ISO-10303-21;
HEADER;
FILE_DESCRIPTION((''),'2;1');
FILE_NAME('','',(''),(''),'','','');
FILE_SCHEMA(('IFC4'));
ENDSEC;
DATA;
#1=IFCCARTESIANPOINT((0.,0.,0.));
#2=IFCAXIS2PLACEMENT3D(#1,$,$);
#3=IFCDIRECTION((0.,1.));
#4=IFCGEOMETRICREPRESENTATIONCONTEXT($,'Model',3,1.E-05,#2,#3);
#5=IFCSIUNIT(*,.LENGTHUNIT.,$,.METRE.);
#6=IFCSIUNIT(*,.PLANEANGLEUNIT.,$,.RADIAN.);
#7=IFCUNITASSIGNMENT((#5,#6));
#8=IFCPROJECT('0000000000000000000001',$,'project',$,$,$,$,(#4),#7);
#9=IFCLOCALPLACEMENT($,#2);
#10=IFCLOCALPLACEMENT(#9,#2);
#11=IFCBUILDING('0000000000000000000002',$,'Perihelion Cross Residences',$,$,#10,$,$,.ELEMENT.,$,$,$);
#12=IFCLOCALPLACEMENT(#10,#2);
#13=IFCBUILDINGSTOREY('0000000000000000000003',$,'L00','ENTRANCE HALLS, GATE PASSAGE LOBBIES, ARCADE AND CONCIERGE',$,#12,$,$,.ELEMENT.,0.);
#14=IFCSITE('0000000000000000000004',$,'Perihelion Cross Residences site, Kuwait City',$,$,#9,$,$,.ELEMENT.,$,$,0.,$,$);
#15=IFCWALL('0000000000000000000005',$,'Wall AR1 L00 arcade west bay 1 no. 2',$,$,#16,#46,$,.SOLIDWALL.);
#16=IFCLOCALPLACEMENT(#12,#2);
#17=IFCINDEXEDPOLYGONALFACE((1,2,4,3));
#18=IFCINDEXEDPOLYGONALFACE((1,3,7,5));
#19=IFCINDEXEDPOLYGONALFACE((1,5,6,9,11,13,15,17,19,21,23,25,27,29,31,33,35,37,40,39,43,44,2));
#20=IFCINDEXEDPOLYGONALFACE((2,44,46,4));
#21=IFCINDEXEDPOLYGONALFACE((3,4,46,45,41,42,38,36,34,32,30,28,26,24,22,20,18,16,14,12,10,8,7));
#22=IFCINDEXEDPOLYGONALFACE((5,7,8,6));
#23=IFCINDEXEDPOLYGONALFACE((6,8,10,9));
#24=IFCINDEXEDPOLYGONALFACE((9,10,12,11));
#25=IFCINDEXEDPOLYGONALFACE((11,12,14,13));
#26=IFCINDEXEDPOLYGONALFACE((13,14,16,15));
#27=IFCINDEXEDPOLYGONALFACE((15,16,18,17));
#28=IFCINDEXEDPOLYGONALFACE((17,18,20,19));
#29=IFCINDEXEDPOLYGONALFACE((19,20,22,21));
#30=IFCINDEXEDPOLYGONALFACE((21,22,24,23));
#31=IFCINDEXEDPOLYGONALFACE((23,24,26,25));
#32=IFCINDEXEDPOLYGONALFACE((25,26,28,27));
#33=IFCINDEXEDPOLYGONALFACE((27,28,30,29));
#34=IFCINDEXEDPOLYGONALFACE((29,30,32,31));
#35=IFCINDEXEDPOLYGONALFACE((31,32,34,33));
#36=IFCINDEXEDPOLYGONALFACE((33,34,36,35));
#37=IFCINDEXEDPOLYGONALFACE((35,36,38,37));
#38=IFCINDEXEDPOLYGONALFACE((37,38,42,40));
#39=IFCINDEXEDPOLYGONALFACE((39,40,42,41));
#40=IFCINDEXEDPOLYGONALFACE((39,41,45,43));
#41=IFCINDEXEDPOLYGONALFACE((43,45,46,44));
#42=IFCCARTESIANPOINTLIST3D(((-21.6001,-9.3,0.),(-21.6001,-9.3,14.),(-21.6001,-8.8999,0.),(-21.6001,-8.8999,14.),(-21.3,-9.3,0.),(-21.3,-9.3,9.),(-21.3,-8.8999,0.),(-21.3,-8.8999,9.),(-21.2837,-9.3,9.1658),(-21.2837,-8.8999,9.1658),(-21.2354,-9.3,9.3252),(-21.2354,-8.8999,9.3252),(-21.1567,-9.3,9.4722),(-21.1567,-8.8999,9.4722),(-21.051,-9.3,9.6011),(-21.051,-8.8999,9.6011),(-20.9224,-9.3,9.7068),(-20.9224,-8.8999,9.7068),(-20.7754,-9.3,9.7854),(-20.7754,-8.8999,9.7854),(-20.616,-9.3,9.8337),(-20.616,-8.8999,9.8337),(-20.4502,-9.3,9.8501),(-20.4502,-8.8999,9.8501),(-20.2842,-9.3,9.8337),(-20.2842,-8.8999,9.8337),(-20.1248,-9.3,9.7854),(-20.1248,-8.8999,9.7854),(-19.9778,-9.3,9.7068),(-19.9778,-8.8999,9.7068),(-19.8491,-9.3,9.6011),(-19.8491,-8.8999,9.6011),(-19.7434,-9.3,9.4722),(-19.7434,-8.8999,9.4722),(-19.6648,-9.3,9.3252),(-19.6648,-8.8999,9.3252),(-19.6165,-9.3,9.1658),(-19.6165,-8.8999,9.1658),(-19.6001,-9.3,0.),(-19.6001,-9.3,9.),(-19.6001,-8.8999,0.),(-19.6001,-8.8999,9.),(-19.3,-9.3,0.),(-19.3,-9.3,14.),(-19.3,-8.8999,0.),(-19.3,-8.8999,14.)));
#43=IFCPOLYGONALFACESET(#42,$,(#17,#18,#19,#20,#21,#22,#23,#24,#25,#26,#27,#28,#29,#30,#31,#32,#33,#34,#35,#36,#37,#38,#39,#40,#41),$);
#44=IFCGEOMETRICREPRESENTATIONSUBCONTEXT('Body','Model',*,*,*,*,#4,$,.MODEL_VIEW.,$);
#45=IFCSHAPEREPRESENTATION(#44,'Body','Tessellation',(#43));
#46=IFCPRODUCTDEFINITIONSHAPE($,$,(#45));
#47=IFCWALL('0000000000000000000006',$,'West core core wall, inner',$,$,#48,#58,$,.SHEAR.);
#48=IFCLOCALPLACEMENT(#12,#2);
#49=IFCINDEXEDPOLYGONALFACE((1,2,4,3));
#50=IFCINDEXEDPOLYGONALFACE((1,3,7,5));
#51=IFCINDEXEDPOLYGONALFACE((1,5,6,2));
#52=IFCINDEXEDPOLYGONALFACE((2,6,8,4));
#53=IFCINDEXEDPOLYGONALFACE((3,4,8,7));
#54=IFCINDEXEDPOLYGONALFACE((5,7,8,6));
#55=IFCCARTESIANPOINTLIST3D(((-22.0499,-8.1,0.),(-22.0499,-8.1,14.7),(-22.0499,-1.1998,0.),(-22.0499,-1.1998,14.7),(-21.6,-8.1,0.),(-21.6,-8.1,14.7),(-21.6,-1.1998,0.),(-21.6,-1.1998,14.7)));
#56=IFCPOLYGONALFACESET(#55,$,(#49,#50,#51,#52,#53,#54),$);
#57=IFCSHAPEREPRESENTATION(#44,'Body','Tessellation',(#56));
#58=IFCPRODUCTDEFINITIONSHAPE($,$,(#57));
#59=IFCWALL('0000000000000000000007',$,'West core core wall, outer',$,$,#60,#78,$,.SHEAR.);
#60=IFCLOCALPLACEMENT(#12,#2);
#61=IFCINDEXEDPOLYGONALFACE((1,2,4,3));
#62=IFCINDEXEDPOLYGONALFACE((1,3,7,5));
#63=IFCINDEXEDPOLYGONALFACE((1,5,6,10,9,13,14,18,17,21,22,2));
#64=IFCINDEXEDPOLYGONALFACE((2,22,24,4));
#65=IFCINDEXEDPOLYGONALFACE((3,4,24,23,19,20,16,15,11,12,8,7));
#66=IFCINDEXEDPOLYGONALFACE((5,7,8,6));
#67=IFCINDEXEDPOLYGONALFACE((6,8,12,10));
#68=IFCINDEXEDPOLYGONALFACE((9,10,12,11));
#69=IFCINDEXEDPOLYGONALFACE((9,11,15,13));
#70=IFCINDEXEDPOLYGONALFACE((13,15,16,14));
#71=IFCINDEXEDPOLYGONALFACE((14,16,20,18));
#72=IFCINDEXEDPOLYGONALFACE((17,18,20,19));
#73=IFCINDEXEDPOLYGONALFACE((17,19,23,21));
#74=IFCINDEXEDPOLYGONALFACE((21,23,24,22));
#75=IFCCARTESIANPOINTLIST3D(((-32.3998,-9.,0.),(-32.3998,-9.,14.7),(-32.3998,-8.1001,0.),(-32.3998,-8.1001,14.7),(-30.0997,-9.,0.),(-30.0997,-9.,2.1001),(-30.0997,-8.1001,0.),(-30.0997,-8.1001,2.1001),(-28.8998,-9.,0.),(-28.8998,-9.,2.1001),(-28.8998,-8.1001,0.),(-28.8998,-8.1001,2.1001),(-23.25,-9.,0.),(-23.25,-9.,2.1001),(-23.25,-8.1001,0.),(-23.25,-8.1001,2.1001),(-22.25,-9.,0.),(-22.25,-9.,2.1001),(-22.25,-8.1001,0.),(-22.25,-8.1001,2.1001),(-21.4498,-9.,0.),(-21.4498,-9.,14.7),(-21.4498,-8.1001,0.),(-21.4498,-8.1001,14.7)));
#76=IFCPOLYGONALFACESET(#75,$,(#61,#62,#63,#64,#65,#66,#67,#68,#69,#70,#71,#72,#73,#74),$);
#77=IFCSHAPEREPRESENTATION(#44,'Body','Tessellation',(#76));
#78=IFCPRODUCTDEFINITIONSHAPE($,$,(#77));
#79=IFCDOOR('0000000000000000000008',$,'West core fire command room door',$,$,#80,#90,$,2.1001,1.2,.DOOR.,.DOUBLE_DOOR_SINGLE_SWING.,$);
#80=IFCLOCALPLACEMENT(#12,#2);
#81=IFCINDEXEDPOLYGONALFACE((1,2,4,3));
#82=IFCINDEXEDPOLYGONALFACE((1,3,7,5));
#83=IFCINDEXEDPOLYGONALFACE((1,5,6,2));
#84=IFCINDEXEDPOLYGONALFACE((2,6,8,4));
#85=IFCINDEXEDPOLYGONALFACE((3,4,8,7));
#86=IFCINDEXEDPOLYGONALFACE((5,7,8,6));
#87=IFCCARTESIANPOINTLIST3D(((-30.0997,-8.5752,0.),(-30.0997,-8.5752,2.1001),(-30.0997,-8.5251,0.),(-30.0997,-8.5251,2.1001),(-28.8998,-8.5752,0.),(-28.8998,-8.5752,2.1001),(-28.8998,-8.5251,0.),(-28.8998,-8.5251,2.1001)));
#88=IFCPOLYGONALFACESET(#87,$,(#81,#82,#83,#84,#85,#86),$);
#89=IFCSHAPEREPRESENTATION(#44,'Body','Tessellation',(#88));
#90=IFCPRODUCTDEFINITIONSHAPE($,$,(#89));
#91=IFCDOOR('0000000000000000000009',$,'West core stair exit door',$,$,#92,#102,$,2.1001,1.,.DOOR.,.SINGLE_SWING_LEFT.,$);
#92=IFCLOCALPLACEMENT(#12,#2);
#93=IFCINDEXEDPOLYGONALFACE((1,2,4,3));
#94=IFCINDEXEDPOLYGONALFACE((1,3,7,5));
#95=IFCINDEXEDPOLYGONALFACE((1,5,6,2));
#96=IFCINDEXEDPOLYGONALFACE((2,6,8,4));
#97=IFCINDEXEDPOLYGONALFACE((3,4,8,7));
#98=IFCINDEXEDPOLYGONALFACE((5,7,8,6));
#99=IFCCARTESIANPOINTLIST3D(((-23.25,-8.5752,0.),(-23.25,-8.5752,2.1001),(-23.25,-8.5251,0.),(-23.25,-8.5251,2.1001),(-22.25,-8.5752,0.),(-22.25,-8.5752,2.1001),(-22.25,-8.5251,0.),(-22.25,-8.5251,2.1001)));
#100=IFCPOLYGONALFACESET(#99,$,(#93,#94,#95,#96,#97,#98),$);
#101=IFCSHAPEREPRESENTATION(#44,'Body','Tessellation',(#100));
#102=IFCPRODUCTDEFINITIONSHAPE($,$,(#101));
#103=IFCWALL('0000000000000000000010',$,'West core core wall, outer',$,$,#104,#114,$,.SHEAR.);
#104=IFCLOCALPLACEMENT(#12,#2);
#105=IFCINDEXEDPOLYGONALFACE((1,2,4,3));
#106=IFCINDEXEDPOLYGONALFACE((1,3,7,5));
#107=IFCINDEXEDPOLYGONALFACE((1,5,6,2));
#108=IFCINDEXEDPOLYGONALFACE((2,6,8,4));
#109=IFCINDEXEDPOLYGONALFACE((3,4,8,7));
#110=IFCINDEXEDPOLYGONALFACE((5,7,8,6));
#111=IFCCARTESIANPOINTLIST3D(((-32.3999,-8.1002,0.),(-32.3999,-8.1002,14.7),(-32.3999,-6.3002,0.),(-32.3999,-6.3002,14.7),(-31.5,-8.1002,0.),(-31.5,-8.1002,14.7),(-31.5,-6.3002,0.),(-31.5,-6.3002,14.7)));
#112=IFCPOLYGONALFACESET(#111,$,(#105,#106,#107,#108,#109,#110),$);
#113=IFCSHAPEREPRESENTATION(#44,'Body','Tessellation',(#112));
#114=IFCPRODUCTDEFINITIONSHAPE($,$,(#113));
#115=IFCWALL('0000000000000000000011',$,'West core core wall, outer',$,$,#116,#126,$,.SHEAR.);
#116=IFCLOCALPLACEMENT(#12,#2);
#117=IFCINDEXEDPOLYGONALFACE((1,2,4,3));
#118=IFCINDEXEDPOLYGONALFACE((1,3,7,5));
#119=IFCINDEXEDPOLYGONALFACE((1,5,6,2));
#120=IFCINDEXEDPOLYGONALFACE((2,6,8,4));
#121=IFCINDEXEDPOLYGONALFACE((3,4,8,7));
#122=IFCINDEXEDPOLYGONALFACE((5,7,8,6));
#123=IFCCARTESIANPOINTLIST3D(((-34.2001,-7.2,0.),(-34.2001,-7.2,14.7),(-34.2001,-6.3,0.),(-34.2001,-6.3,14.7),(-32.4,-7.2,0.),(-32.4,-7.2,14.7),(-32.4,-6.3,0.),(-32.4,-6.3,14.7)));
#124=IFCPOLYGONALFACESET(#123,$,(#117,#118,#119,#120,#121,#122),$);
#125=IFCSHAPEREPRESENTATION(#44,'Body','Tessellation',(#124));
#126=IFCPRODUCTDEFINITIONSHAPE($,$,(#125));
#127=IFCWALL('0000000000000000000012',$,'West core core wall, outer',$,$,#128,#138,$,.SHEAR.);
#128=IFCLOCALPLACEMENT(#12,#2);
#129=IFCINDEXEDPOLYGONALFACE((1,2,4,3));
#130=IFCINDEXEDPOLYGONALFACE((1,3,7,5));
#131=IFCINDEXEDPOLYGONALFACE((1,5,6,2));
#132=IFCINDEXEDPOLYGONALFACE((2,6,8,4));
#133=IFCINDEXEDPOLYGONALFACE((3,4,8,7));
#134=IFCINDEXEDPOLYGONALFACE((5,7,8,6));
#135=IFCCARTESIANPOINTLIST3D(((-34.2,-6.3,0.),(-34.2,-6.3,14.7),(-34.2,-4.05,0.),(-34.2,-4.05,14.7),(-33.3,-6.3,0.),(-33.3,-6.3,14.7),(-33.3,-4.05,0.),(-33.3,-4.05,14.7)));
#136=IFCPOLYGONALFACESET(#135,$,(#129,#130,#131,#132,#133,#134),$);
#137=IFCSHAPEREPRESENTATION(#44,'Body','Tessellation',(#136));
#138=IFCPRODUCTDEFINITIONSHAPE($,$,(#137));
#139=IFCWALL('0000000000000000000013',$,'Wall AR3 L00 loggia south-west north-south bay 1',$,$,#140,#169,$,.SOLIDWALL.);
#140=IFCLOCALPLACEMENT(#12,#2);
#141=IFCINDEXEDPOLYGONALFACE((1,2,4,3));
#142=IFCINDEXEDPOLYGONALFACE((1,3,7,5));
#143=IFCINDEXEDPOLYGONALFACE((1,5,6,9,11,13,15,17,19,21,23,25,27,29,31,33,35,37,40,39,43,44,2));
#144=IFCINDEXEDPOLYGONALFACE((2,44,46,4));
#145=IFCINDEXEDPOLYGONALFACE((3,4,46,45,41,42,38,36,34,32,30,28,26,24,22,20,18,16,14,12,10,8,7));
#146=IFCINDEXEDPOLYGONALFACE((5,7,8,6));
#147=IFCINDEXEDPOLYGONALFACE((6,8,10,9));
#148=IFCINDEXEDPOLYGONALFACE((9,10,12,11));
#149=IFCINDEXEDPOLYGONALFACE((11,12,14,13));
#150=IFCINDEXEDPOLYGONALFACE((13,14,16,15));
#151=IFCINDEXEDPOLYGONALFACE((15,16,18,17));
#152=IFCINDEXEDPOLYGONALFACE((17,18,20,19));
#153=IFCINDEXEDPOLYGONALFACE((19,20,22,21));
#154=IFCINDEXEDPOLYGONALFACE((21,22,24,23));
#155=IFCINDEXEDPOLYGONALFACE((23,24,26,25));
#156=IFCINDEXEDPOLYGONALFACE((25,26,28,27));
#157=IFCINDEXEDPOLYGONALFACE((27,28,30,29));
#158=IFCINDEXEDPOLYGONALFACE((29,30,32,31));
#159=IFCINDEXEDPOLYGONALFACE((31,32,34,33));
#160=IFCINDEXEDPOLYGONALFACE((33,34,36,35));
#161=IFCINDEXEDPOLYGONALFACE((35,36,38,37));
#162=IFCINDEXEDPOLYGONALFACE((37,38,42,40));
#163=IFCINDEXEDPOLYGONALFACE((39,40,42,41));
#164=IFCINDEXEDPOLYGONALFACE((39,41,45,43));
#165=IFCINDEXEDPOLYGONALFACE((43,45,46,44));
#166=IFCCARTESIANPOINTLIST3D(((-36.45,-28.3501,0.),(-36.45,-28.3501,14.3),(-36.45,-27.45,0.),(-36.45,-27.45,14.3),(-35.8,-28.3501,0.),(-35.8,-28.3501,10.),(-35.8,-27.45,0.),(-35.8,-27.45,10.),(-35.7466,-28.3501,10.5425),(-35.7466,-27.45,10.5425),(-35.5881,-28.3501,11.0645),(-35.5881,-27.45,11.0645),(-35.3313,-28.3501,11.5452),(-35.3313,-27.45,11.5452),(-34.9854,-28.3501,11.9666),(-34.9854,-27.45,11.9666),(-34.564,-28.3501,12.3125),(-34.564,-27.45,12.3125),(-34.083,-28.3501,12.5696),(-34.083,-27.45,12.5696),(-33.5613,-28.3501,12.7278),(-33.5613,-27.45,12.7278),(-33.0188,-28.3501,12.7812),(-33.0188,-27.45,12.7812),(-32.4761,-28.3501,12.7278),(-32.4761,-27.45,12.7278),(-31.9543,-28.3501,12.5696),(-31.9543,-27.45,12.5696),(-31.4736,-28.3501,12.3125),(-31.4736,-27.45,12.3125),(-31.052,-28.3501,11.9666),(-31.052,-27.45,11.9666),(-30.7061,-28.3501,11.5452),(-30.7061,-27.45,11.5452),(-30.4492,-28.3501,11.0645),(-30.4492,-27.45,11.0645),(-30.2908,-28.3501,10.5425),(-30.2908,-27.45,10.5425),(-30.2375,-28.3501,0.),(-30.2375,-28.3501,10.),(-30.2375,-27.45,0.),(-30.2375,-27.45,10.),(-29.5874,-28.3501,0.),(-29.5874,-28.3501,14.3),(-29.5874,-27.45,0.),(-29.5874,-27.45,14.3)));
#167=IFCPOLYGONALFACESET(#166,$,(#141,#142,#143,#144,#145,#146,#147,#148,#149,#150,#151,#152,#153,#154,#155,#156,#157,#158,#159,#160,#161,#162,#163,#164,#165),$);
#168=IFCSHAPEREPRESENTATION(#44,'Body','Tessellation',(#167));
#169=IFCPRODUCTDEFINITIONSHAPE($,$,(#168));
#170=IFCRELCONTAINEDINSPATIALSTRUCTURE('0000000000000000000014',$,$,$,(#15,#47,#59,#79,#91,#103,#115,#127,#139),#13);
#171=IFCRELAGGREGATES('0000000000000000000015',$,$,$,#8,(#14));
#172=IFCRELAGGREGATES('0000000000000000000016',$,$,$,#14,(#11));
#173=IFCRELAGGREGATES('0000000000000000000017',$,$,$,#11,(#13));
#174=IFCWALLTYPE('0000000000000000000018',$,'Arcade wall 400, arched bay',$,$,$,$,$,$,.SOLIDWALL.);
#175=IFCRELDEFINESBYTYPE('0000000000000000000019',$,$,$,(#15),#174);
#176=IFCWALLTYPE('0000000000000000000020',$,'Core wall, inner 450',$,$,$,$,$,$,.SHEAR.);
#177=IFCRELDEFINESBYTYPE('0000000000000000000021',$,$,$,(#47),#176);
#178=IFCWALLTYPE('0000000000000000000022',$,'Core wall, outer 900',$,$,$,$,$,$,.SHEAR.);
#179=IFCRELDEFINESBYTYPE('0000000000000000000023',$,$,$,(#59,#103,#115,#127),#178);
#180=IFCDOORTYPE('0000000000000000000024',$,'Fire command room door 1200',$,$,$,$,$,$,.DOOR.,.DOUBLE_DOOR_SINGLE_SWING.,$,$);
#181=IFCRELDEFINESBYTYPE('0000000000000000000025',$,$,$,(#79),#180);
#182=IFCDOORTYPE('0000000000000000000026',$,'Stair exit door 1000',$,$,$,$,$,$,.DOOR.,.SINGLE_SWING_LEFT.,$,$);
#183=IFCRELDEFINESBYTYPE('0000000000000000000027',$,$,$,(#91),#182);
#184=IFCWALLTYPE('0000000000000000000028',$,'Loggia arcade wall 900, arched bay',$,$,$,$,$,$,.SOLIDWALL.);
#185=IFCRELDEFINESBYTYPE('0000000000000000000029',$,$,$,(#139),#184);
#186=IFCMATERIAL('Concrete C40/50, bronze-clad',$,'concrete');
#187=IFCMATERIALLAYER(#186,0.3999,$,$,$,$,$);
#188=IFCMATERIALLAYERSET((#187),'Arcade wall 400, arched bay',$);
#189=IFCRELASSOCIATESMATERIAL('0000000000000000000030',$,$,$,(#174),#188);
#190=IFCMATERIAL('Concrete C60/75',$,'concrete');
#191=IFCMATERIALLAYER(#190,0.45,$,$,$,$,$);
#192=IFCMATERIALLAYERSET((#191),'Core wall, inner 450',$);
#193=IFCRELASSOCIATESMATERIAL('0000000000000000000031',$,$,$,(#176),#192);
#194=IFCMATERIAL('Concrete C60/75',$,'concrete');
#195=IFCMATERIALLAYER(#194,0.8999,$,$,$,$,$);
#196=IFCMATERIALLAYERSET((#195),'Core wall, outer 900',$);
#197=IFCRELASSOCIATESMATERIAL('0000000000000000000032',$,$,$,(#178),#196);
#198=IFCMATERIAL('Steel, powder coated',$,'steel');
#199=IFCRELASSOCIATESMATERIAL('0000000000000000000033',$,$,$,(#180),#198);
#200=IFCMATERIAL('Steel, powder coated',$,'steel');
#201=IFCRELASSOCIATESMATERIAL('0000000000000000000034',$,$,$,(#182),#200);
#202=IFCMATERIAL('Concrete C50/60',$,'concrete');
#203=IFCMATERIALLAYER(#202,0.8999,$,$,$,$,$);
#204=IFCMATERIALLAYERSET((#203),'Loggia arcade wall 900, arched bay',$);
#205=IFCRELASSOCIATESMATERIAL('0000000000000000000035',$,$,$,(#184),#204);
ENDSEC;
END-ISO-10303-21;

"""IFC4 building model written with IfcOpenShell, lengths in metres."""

from ifc_helpers import new_model, si_unit, direction, frame, frame_2d, origin, place, context, subcontext, project, spatial, polyline, rectangle, outline, extrude, material, layer, layer_set, type_object, element, fill, save


model = new_model("IFC4")

# Units and contexts
model_context = context("Model", 3, precision=1e-05, world=origin(), true_north=direction((0.0, 1.0)))
body_context = subcontext(model_context, "Body", "Model", "MODEL_VIEW")
ifc_project = project(units=[si_unit("LENGTHUNIT", "METRE"), si_unit("PLANEANGLEUNIT", "RADIAN")], contexts=[model_context])

# Site, building, storey
site_placement = place(None, origin())
site = spatial("IfcSite", under=ifc_project, at=site_placement, Name="Perihelion Cross Residences site, Kuwait City", CompositionType="ELEMENT", RefElevation=0.0)
building_placement = place(site_placement, origin())
building = spatial("IfcBuilding", under=site, at=building_placement, Name="Perihelion Cross Residences", CompositionType="ELEMENT")
storey_placement = place(building_placement, origin())
storey = spatial("IfcBuildingStorey", under=building, at=storey_placement, Name="L00", Description="ENTRANCE HALLS, GATE PASSAGE LOBBIES, ARCADE AND CONCIERGE", CompositionType="ELEMENT", Elevation=0.0)

# Walls
ifc_material_1 = material(Name="Concrete C40/50, bronze-clad", Category="concrete")
ifc_layer_1 = layer(ifc_material_1, 0.3999)
ifc_layer_set_1 = layer_set([ifc_layer_1], Name="Arcade wall 400, arched bay")
wall_type_1 = type_object("IfcWallType", Name="Arcade wall 400, arched bay", PredefinedType="SOLIDWALL", material=ifc_layer_set_1)
wall_1_placement = place(storey_placement, frame((-21.6001, -8.8999, 0.0), z_axis=(0.0, -1.0, 0.0), x_axis=(1.0, 0.0, 0.0)))
element("IfcWall", 1, at=wall_1_placement, inside=storey, type_object=wall_type_1, Name="Wall AR1 L00 arcade west bay 1 no. 2", PredefinedType="SOLIDWALL", context=body_context, shape_type="SweptSolid", body=[
    extrude(outline(polyline([(0.0, 0.0), (0.3, 0.0), (0.3, 9.0), (0.3164, 9.1658), (0.3647, 9.3252), (0.4434, 9.4722), (0.5491, 9.6011), (0.6777, 9.7068), (0.8247, 9.7854), (0.9841, 9.8337), (1.1499, 9.8501), (1.3159, 9.8337), (1.4753, 9.7854), (1.6223, 9.7068), (1.751, 9.6011), (1.8567, 9.4722), (1.9353, 9.3252), (1.9836, 9.1658), (2.0, 9.0), (2.0, 0.0), (2.3, 0.0), (2.3, 14.0), (0.0, 14.0), (0.0, 0.0)])), origin(), (0.0, 0.0, 1.0), 0.4001),
])
ifc_material_2 = material(Name="Concrete C60/75", Category="concrete")
ifc_layer_2 = layer(ifc_material_2, 0.45)
ifc_layer_set_2 = layer_set([ifc_layer_2], Name="Core wall, inner 450")
wall_type_2 = type_object("IfcWallType", Name="Core wall, inner 450", PredefinedType="SHEAR", material=ifc_layer_set_2)
wall_2_placement = place(storey_placement, frame((-21.825, -8.1001, 0.0), z_axis=(0.0, 0.0, 1.0), x_axis=(0.0, 1.0, 0.0)))
element("IfcWall", 2, at=wall_2_placement, inside=storey, type_object=wall_type_2, Name="West core core wall, inner", PredefinedType="SHEAR", context=body_context, shape_type="SweptSolid", body=[
    extrude(rectangle(XDim=6.9001, YDim=0.45, at=frame_2d((3.4502, 0.0))), origin(), (0.0, 0.0, 1.0), 14.7),
])

# Wall, openings, doors
ifc_material_3 = material(Name="Concrete C60/75", Category="concrete")
ifc_layer_3 = layer(ifc_material_3, 0.8999)
ifc_layer_set_3 = layer_set([ifc_layer_3], Name="Core wall, outer 900")
wall_type_3 = type_object("IfcWallType", Name="Core wall, outer 900", PredefinedType="SHEAR", material=ifc_layer_set_3)
wall_3_placement = place(storey_placement, frame((-32.3999, -8.55, 0.0), z_axis=(0.0, 0.0, 1.0), x_axis=(1.0, 0.0, 0.0)))
wall_3 = element("IfcWall", 3, at=wall_3_placement, inside=storey, type_object=wall_type_3, Name="West core core wall, outer", PredefinedType="SHEAR", context=body_context, shape_type="SweptSolid", body=[
    extrude(rectangle(XDim=10.95, YDim=0.8999, at=frame_2d((5.4751, 0.0))), origin(), (0.0, 0.0, 1.0), 14.7),
])
opening_1_placement = place(wall_3_placement, frame((9.1499, 0.0, 0.0)))
opening_1 = element("IfcOpeningElement", 4, at=opening_1_placement, cuts=wall_3, PredefinedType="OPENING", context=body_context, shape_type="SweptSolid", body=[
    extrude(rectangle(XDim=1.0, YDim=2.1001, at=frame_2d((0.5, 1.05))), frame((0.0, 0.46, 0.0), z_axis=(0.0, -1.0, 0.0), x_axis=(1.0, 0.0, 0.0)), (0.0, 0.0, 1.0), 0.9199),
])
opening_2_placement = place(wall_3_placement, frame((2.3, 0.0, 0.0)))
opening_2 = element("IfcOpeningElement", 5, at=opening_2_placement, cuts=wall_3, PredefinedType="OPENING", context=body_context, shape_type="SweptSolid", body=[
    extrude(rectangle(XDim=1.2, YDim=2.1001, at=frame_2d((0.6001, 1.05))), frame((0.0, 0.46, 0.0), z_axis=(0.0, -1.0, 0.0), x_axis=(1.0, 0.0, 0.0)), (0.0, 0.0, 1.0), 0.9199),
])
ifc_material_4 = material(Name="Steel, powder coated", Category="steel")
door_type_1 = type_object("IfcDoorType", Name="Fire command room door 1200", OperationType="DOUBLE_DOOR_SINGLE_SWING", PredefinedType="DOOR", material=ifc_material_4)
door_1_placement = place(opening_2_placement, origin())
door_1 = element("IfcDoor", 6, at=door_1_placement, inside=storey, type_object=door_type_1, Name="West core fire command room door", OperationType="DOUBLE_DOOR_SINGLE_SWING", OverallHeight=2.1001, OverallWidth=1.2, PredefinedType="DOOR", context=body_context, shape_type="SweptSolid", body=[
    extrude(rectangle(XDim=1.2, YDim=2.1001, at=frame_2d((0.6001, 1.05))), frame((0.0, 0.0249, 0.0), z_axis=(0.0, -1.0, 0.0), x_axis=(1.0, 0.0, 0.0)), (0.0, 0.0, 1.0), 0.05),
])
fill(opening_2, door_1)
ifc_material_5 = material(Name="Steel, powder coated", Category="steel")
door_type_2 = type_object("IfcDoorType", Name="Stair exit door 1000", OperationType="SINGLE_SWING_LEFT", PredefinedType="DOOR", material=ifc_material_5)
door_2_placement = place(opening_1_placement, origin())
door_2 = element("IfcDoor", 7, at=door_2_placement, inside=storey, type_object=door_type_2, Name="West core stair exit door", OperationType="SINGLE_SWING_LEFT", OverallHeight=2.1001, OverallWidth=1.0, PredefinedType="DOOR", context=body_context, shape_type="SweptSolid", body=[
    extrude(rectangle(XDim=1.0, YDim=2.1001, at=frame_2d((0.5, 1.05))), frame((0.0, 0.0249, 0.0), z_axis=(0.0, -1.0, 0.0), x_axis=(1.0, 0.0, 0.0)), (0.0, 0.0, 1.0), 0.05),
])
fill(opening_1, door_2)

# Walls
for number, where, z_axis, x_axis, name in (
    (8, (-31.95, -8.1001, 0.0), (0.0, 0.0, 1.0), (0.0, 1.0, 0.0), "West core core wall, outer"),
    (9, (-34.2, -6.75, 0.0), (0.0, 0.0, 1.0), (1.0, 0.0, 0.0), "West core core wall, outer"),
):
    element("IfcWall", number, at=place(storey_placement, frame(where, z_axis=z_axis, x_axis=x_axis)), inside=storey, type_object=wall_type_3, Name=name, PredefinedType="SHEAR", context=body_context, shape_type="SweptSolid", body=[
        extrude(rectangle(XDim=1.8, YDim=0.8999, at=frame_2d((0.8999, 0.0))), origin(), (0.0, 0.0, 1.0), 14.7),
    ])
wall_4_placement = place(storey_placement, frame((-33.75, -6.3, 0.0), z_axis=(0.0, 0.0, 1.0), x_axis=(0.0, 1.0, 0.0)))
element("IfcWall", 10, at=wall_4_placement, inside=storey, type_object=wall_type_3, Name="West core core wall, outer", PredefinedType="SHEAR", context=body_context, shape_type="SweptSolid", body=[
    extrude(rectangle(XDim=2.25, YDim=0.8999, at=frame_2d((1.125, 0.0))), origin(), (0.0, 0.0, 1.0), 14.7),
])
ifc_material_6 = material(Name="Concrete C50/60", Category="concrete")
ifc_layer_4 = layer(ifc_material_6, 0.8999)
ifc_layer_set_4 = layer_set([ifc_layer_4], Name="Loggia arcade wall 900, arched bay")
wall_type_4 = type_object("IfcWallType", Name="Loggia arcade wall 900, arched bay", PredefinedType="SOLIDWALL", material=ifc_layer_set_4)
for number, where, z_axis, x_axis, name in (
    (11, (-36.45, -27.45, 0.0), (0.0, -1.0, 0.0), (1.0, 0.0, 0.0), "Wall AR3 L00 loggia south-west north-south bay 1"),
):
    element("IfcWall", number, at=place(storey_placement, frame(where, z_axis=z_axis, x_axis=x_axis)), inside=storey, type_object=wall_type_4, Name=name, PredefinedType="SOLIDWALL", context=body_context, shape_type="SweptSolid", body=[
        extrude(outline(polyline([(0.0, 0.0), (0.6499, 0.0), (0.6499, 10.0), (0.7034, 10.5425), (0.8618, 11.0645), (1.1187, 11.5452), (1.4646, 11.9666), (1.886, 12.3125), (2.3669, 12.5696), (2.8887, 12.7278), (3.4312, 12.7812), (3.9739, 12.7278), (4.4956, 12.5696), (4.9763, 12.3125), (5.3979, 11.9666), (5.7439, 11.5452), (6.0007, 11.0645), (6.1592, 10.5425), (6.2124, 10.0), (6.2124, 0.0), (6.8625, 0.0), (6.8625, 14.3), (0.0, 14.3), (0.0, 0.0)])), origin(), (0.0, 0.0, 1.0), 0.9001),
    ])

save(model, "model.ifc")
